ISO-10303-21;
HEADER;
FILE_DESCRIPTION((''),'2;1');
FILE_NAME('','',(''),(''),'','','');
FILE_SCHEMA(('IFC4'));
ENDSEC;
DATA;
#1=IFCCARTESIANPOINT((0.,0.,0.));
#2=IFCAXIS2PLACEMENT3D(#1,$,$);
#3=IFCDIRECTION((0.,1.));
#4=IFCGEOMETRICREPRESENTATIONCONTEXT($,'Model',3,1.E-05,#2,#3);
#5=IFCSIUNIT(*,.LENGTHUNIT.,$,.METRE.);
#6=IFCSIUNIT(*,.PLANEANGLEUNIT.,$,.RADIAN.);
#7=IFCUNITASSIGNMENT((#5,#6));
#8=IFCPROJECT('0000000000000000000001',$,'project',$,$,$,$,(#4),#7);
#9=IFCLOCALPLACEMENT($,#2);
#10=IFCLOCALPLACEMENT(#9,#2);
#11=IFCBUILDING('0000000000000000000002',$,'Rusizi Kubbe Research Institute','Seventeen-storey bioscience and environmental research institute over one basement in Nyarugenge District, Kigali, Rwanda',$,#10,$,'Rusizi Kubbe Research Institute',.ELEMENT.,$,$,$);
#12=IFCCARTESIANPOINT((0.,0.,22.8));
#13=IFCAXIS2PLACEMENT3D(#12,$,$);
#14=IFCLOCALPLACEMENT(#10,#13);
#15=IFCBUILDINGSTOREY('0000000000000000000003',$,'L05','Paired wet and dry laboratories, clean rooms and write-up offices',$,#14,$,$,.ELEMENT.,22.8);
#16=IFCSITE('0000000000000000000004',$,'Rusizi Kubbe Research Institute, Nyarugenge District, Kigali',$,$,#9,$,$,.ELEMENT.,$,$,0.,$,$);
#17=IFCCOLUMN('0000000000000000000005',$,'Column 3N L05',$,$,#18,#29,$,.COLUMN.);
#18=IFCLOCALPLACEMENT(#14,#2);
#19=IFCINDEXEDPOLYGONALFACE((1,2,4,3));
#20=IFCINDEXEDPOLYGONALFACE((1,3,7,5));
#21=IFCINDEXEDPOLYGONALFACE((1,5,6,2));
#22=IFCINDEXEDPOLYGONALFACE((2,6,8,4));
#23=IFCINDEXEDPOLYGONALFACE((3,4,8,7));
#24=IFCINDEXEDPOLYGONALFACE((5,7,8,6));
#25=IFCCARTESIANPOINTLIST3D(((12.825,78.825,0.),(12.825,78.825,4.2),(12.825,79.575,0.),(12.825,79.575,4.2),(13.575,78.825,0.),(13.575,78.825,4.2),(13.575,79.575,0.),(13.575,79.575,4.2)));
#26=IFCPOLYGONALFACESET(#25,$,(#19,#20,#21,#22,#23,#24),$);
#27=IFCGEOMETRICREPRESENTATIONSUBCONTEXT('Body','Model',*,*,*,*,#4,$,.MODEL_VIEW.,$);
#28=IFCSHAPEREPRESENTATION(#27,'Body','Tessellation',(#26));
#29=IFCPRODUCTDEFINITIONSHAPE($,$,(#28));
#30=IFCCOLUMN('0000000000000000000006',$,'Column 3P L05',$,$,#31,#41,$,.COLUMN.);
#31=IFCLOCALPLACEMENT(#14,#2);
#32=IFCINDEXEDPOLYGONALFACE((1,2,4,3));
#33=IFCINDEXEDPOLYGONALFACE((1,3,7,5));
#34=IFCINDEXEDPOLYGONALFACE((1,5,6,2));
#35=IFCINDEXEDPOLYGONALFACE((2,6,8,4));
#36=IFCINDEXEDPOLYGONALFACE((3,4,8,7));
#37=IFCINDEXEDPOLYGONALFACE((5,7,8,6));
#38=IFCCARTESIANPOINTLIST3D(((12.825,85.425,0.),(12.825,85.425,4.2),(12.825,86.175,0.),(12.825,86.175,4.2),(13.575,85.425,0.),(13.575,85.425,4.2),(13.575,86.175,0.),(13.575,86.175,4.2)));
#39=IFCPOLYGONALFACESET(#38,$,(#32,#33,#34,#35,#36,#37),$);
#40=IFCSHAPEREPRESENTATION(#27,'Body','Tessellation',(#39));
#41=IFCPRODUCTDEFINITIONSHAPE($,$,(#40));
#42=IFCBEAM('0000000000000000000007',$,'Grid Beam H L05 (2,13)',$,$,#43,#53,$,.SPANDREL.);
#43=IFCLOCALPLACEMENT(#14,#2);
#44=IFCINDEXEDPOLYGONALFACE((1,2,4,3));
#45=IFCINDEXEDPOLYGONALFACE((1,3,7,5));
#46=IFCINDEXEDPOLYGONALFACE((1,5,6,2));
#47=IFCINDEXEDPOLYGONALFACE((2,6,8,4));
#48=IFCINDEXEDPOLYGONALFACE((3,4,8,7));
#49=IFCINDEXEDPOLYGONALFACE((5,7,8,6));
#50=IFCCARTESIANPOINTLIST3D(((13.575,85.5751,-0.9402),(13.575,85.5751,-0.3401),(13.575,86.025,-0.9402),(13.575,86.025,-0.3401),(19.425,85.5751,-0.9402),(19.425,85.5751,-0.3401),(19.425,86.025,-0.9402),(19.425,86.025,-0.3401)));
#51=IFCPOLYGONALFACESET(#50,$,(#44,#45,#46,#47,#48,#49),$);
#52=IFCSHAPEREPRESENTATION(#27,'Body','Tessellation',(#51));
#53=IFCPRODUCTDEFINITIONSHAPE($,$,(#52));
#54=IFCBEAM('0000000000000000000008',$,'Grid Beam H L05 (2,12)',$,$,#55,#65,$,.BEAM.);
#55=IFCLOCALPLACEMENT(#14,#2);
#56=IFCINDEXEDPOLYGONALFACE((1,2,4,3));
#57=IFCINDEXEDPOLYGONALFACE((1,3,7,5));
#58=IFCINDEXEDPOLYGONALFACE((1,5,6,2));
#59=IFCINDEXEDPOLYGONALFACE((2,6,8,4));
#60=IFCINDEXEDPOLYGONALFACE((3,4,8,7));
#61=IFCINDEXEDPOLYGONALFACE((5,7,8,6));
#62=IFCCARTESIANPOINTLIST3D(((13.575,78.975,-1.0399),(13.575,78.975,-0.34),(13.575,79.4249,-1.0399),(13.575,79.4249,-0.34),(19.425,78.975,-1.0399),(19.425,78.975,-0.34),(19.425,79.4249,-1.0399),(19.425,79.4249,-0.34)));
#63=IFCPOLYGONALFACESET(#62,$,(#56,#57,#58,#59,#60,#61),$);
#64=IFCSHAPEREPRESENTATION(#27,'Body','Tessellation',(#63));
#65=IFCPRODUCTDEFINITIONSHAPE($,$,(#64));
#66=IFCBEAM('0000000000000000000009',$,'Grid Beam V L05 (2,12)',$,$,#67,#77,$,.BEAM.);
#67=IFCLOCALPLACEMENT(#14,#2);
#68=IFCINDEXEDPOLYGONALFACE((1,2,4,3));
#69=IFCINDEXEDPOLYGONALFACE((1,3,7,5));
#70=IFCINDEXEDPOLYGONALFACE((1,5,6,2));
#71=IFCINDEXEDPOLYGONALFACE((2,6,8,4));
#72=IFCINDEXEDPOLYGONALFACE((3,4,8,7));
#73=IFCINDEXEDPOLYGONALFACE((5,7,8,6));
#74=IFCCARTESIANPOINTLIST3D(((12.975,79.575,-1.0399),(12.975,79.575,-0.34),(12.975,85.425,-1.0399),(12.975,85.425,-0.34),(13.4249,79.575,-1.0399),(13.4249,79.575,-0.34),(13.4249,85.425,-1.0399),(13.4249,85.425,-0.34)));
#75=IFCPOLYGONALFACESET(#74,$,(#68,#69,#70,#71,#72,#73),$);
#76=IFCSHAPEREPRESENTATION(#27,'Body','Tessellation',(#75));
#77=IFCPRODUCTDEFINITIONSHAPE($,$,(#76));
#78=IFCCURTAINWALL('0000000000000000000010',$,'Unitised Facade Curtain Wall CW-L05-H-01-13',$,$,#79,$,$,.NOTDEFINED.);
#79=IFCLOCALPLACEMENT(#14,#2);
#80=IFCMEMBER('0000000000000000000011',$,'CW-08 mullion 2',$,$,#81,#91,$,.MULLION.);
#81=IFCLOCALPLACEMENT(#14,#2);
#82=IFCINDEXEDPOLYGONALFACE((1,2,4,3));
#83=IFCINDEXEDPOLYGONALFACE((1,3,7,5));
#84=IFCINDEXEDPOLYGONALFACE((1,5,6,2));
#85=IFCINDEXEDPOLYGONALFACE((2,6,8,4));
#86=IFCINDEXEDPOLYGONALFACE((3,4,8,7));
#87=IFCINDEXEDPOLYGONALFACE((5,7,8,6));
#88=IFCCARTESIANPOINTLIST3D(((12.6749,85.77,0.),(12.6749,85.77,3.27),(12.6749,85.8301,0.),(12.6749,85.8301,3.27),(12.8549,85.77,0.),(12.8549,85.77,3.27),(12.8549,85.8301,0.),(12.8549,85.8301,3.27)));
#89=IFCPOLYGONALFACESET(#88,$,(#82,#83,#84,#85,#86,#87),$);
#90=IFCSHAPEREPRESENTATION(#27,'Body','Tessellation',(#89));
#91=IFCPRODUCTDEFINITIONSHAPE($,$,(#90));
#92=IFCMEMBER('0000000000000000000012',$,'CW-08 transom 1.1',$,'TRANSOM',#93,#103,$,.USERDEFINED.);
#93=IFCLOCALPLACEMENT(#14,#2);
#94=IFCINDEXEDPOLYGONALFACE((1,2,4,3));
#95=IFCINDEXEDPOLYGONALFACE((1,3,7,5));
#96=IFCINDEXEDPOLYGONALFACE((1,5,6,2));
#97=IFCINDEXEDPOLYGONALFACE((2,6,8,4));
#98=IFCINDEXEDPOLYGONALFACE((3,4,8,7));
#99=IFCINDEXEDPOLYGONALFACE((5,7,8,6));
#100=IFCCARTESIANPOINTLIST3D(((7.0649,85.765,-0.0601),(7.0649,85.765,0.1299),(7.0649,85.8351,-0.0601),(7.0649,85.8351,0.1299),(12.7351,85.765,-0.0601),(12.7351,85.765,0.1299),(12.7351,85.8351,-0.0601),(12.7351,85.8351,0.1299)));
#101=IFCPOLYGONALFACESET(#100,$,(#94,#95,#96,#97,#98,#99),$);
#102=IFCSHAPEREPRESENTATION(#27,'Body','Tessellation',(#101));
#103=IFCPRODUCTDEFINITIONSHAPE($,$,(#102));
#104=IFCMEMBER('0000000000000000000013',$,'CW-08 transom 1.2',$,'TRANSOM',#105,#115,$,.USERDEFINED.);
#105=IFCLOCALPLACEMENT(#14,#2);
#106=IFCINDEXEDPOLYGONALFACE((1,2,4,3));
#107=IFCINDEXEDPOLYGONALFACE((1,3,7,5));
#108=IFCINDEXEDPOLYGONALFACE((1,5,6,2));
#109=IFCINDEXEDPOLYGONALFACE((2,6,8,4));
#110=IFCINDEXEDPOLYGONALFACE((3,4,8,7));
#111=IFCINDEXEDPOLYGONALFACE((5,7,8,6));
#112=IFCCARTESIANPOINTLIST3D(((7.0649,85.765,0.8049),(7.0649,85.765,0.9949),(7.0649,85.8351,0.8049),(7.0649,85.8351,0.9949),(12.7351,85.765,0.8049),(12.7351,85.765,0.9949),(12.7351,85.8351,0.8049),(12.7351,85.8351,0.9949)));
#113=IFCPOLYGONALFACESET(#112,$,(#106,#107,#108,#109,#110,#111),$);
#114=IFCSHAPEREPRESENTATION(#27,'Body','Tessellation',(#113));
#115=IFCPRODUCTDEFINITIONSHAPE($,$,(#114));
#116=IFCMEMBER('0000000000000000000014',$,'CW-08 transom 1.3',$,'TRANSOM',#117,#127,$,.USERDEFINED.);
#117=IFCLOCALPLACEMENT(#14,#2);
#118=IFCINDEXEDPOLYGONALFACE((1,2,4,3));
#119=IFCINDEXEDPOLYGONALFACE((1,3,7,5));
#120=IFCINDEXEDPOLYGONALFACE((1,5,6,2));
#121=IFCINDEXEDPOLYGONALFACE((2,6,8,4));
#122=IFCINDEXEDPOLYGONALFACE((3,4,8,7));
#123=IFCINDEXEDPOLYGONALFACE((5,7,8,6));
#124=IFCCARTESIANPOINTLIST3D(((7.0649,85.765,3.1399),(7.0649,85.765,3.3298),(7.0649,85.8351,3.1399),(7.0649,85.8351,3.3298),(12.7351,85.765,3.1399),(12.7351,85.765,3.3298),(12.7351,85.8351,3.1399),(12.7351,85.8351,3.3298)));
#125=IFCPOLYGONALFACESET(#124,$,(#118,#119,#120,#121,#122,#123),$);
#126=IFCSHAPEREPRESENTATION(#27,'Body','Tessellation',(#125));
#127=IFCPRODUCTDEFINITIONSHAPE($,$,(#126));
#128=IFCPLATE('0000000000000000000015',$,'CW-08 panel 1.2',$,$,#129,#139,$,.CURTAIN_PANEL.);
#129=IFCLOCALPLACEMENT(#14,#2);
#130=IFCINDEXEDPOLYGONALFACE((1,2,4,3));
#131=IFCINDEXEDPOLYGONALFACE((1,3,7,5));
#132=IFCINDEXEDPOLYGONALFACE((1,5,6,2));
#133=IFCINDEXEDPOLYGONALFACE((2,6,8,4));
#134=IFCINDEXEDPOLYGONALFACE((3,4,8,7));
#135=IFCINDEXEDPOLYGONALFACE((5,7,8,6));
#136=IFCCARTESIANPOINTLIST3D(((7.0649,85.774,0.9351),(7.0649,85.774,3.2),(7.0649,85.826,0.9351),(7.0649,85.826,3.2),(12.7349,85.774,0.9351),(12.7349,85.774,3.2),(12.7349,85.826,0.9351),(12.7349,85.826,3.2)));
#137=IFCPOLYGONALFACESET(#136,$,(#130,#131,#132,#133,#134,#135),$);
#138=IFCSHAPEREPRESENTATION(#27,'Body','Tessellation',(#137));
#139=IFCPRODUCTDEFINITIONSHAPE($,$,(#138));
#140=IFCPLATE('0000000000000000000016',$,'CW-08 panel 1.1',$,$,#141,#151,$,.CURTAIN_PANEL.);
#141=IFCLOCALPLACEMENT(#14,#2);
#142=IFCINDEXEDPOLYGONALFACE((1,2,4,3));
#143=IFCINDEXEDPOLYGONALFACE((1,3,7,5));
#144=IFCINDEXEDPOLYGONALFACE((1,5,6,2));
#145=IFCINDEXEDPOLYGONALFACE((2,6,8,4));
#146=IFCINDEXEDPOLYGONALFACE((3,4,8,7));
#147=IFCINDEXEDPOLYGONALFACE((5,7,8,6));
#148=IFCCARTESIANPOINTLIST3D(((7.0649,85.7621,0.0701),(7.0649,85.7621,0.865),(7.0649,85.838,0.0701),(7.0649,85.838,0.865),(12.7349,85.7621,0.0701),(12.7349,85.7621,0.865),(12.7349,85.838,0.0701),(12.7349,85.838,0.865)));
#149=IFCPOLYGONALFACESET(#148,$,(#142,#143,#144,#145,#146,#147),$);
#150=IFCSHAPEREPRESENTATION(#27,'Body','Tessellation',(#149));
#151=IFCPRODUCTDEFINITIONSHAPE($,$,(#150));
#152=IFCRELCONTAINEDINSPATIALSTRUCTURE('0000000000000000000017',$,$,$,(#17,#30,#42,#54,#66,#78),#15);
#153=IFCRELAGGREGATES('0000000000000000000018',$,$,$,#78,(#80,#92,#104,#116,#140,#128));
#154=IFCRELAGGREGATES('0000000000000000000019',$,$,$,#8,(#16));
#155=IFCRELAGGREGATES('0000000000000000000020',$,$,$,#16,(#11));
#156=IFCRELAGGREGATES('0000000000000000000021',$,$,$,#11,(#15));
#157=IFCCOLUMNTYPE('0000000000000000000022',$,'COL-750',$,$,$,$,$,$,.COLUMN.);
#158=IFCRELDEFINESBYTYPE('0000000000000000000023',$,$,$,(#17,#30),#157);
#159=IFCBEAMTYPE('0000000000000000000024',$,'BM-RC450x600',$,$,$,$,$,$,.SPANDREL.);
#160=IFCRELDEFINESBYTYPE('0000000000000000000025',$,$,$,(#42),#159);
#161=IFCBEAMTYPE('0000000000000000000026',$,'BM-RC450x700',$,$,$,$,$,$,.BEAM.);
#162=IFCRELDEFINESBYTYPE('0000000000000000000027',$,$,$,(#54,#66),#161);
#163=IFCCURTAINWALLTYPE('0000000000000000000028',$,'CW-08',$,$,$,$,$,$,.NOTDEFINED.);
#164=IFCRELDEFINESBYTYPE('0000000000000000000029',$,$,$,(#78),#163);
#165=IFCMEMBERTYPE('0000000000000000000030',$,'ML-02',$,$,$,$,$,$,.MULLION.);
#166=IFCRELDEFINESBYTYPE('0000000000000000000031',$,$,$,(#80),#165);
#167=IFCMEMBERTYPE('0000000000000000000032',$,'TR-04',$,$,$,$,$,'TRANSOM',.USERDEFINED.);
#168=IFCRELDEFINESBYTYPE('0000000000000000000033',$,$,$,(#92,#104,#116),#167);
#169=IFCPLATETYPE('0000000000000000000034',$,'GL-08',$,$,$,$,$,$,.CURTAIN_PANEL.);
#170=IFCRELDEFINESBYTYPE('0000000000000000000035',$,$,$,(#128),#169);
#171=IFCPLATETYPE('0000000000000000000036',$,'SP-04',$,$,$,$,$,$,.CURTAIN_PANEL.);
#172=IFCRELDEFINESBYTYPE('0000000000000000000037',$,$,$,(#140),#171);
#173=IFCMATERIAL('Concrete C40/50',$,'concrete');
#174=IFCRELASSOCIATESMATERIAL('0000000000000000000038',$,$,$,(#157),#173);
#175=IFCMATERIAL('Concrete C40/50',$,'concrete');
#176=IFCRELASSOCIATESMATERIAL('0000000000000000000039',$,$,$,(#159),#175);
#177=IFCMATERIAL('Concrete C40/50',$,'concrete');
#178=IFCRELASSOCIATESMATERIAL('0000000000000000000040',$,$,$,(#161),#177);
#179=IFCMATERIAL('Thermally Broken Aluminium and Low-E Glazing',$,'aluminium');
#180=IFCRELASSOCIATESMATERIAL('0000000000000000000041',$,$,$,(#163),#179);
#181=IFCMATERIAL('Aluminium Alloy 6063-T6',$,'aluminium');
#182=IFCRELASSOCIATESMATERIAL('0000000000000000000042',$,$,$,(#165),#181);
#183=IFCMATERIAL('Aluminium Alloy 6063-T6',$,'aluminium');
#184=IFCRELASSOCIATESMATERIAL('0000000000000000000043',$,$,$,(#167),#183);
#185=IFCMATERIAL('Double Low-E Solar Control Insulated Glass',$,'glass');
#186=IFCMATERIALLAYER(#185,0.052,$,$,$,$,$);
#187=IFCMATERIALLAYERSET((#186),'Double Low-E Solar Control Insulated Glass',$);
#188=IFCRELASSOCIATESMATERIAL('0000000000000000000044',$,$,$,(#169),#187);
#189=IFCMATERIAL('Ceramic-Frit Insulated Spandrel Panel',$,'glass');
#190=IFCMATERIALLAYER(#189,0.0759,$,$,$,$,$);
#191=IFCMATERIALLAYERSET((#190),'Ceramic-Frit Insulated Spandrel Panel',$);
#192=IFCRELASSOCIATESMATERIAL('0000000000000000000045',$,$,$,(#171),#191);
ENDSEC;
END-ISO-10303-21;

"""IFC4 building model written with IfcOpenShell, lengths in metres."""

from ifc_helpers import new_model, si_unit, direction, frame, origin, origin_2d, place, context, subcontext, project, spatial, rectangle, extrude, material, layer, layer_set, material_profile, profile_set, type_object, element, aggregate, save


model = new_model("IFC4")

# Units and contexts
model_context = context("Model", 3, precision=1e-05, world=origin(), true_north=direction((0.0, 1.0)))
body_context = subcontext(model_context, "Body", "Model", "MODEL_VIEW")
ifc_project = project(units=[si_unit("LENGTHUNIT", "METRE"), si_unit("PLANEANGLEUNIT", "RADIAN")], contexts=[model_context])

# Site, building, storey
site_placement = place(None, origin())
site = spatial("IfcSite", under=ifc_project, at=site_placement, Name="Rusizi Kubbe Research Institute, Nyarugenge District, Kigali", CompositionType="ELEMENT", RefElevation=0.0)
building_placement = place(site_placement, origin())
building = spatial("IfcBuilding", under=site, at=building_placement, Name="Rusizi Kubbe Research Institute", Description="Seventeen-storey bioscience and environmental research institute over one basement in Nyarugenge District, Kigali, Rwanda", LongName="Rusizi Kubbe Research Institute", CompositionType="ELEMENT")
storey_placement = place(building_placement, frame((0.0, 0.0, 22.8)))
storey = spatial("IfcBuildingStorey", under=building, at=storey_placement, Name="L05", Description="Paired wet and dry laboratories, clean rooms and write-up offices", CompositionType="ELEMENT", Elevation=22.8)

# Columns
ifc_material_1 = material(Name="Concrete C40/50", Category="concrete")
ifc_material_profile_1 = material_profile(ifc_material_1, rectangle(XDim=0.75, YDim=0.75, at=origin_2d()), Name="RC750x750")
ifc_profile_set_1 = profile_set([ifc_material_profile_1], Name="Concrete C40/50")
column_type = type_object("IfcColumnType", Name="COL-750", PredefinedType="COLUMN", material=ifc_profile_set_1)
for number, where, z_axis, x_axis, name in (
    (1, (13.2, 79.2, 0.0), (0.0, 0.0, 1.0), (1.0, 0.0, 0.0), "Column 3N L05"),
    (2, (13.2, 85.8, 0.0), (0.0, 0.0, 1.0), (1.0, 0.0, 0.0), "Column 3P L05"),
):
    element("IfcColumn", number, at=place(storey_placement, frame(where, z_axis=z_axis, x_axis=x_axis)), inside=storey, type_object=column_type, Name=name, PredefinedType="COLUMN", context=body_context, shape_type="SweptSolid", body=[
        extrude(rectangle(XDim=0.75, YDim=0.75, at=origin_2d()), origin(), (0.0, 0.0, 1.0), 4.2),
    ])

# Beams
ifc_material_2 = material(Name="Concrete C40/50", Category="concrete")
ifc_material_profile_2 = material_profile(ifc_material_2, rectangle(XDim=0.45, YDim=0.6001, at=origin_2d()), Name="RC450x600")
ifc_profile_set_2 = profile_set([ifc_material_profile_2], Name="Concrete C40/50")
beam_type_1 = type_object("IfcBeamType", Name="BM-RC450x600", PredefinedType="SPANDREL", material=ifc_profile_set_2)
beam_placement = place(storey_placement, frame((13.575, 85.8, -0.6401), z_axis=(1.0, 0.0, 0.0), x_axis=(0.0, 1.0, 0.0)))
element("IfcBeam", 3, at=beam_placement, inside=storey, type_object=beam_type_1, Name="Grid Beam H L05 (2,13)", PredefinedType="SPANDREL", context=body_context, shape_type="SweptSolid", body=[
    extrude(rectangle(XDim=0.45, YDim=0.6001, at=origin_2d()), origin(), (0.0, 0.0, 1.0), 5.8501),
])
ifc_material_3 = material(Name="Concrete C40/50", Category="concrete")
ifc_material_profile_3 = material_profile(ifc_material_3, rectangle(XDim=0.45, YDim=0.7, at=origin_2d()), Name="RC450x700B")
ifc_profile_set_3 = profile_set([ifc_material_profile_3], Name="Concrete C40/50")
beam_type_2 = type_object("IfcBeamType", Name="BM-RC450x700", PredefinedType="BEAM", material=ifc_profile_set_3)
for number, where, z_axis, x_axis, name in (
    (4, (13.575, 79.2, -0.6899), (1.0, 0.0, 0.0), (0.0, 1.0, 0.0), "Grid Beam H L05 (2,12)"),
    (5, (13.2, 79.575, -0.6899), (0.0, 1.0, 0.0), (-1.0, 0.0, 0.0), "Grid Beam V L05 (2,12)"),
):
    element("IfcBeam", number, at=place(storey_placement, frame(where, z_axis=z_axis, x_axis=x_axis)), inside=storey, type_object=beam_type_2, Name=name, PredefinedType="BEAM", context=body_context, shape_type="SweptSolid", body=[
        extrude(rectangle(XDim=0.45, YDim=0.7, at=origin_2d()), origin(), (0.0, 0.0, 1.0), 5.8501),
    ])

# Curtain wall, members, plates
ifc_material_4 = material(Name="Thermally Broken Aluminium and Low-E Glazing", Category="aluminium")
curtain_wall_type = type_object("IfcCurtainWallType", Name="CW-08", PredefinedType="NOTDEFINED", material=ifc_material_4)
curtain_wall_placement = place(storey_placement, origin())
curtain_wall = element("IfcCurtainWall", 6, at=curtain_wall_placement, inside=storey, type_object=curtain_wall_type, Name="Unitised Facade Curtain Wall CW-L05-H-01-13", PredefinedType="NOTDEFINED")
ifc_material_5 = material(Name="Aluminium Alloy 6063-T6", Category="aluminium")
ifc_material_profile_4 = material_profile(ifc_material_5, rectangle(XDim=0.0601, YDim=0.1799, at=origin_2d()), Name="ALU-M 60x180")
ifc_profile_set_4 = profile_set([ifc_material_profile_4], Name="Aluminium Alloy 6063-T6")
member_type_1 = type_object("IfcMemberType", Name="ML-02", PredefinedType="MULLION", material=ifc_profile_set_4)
member_1_placement = place(storey_placement, frame((12.7649, 85.8, 0.0), z_axis=(0.0, 0.0, 1.0), x_axis=(0.0, 1.0, 0.0)))
member_1 = element("IfcMember", 7, at=member_1_placement, type_object=member_type_1, Name="CW-08 mullion 2", PredefinedType="MULLION", context=body_context, shape_type="SweptSolid", body=[
    extrude(rectangle(XDim=0.0601, YDim=0.1799, at=origin_2d()), origin(), (0.0, 0.0, 1.0), 3.27),
])
ifc_material_6 = material(Name="Aluminium Alloy 6063-T6", Category="aluminium")
ifc_material_profile_5 = material_profile(ifc_material_6, rectangle(XDim=0.0701, YDim=0.1899, at=origin_2d()), Name="ALU-T 70x190")
ifc_profile_set_5 = profile_set([ifc_material_profile_5], Name="Aluminium Alloy 6063-T6")
member_type_2 = type_object("IfcMemberType", Name="TR-04", ElementType="TRANSOM", PredefinedType="USERDEFINED", material=ifc_profile_set_5)
member_2_placement = place(storey_placement, frame((7.0649, 85.8, 0.0349), z_axis=(1.0, 0.0, 0.0), x_axis=(0.0, 1.0, 0.0)))
member_2 = element("IfcMember", 8, at=member_2_placement, type_object=member_type_2, Name="CW-08 transom 1.1", ObjectType="TRANSOM", PredefinedType="USERDEFINED", context=body_context, shape_type="SweptSolid", body=[
    extrude(rectangle(XDim=0.0701, YDim=0.1899, at=origin_2d()), origin(), (0.0, 0.0, 1.0), 5.6702),
])
member_3_placement = place(storey_placement, frame((7.0649, 85.8, 0.8999), z_axis=(1.0, 0.0, 0.0), x_axis=(0.0, 1.0, 0.0)))
member_3 = element("IfcMember", 9, at=member_3_placement, type_object=member_type_2, Name="CW-08 transom 1.2", ObjectType="TRANSOM", PredefinedType="USERDEFINED", context=body_context, shape_type="SweptSolid", body=[
    extrude(rectangle(XDim=0.0701, YDim=0.1899, at=origin_2d()), origin(), (0.0, 0.0, 1.0), 5.6702),
])
member_4_placement = place(storey_placement, frame((7.0649, 85.8, 3.2349), z_axis=(1.0, 0.0, 0.0), x_axis=(0.0, 1.0, 0.0)))
member_4 = element("IfcMember", 10, at=member_4_placement, type_object=member_type_2, Name="CW-08 transom 1.3", ObjectType="TRANSOM", PredefinedType="USERDEFINED", context=body_context, shape_type="SweptSolid", body=[
    extrude(rectangle(XDim=0.0701, YDim=0.1899, at=origin_2d()), origin(), (0.0, 0.0, 1.0), 5.6702),
])
ifc_material_7 = material(Name="Double Low-E Solar Control Insulated Glass", Category="glass")
ifc_layer_1 = layer(ifc_material_7, 0.052)
ifc_layer_set_1 = layer_set([ifc_layer_1], Name="Double Low-E Solar Control Insulated Glass")
plate_type_1 = type_object("IfcPlateType", Name="GL-08", PredefinedType="CURTAIN_PANEL", material=ifc_layer_set_1)
plate_1_placement = place(storey_placement, frame((9.8999, 85.8, 0.9351), z_axis=(0.0, 0.0, 1.0), x_axis=(1.0, 0.0, 0.0)))
plate_1 = element("IfcPlate", 11, at=plate_1_placement, type_object=plate_type_1, Name="CW-08 panel 1.2", PredefinedType="CURTAIN_PANEL", context=body_context, shape_type="SweptSolid", body=[
    extrude(rectangle(XDim=5.6699, YDim=0.052, at=origin_2d()), origin(), (0.0, 0.0, 1.0), 2.2649),
])
ifc_material_8 = material(Name="Ceramic-Frit Insulated Spandrel Panel", Category="glass")
ifc_layer_2 = layer(ifc_material_8, 0.0759)
ifc_layer_set_2 = layer_set([ifc_layer_2], Name="Ceramic-Frit Insulated Spandrel Panel")
plate_type_2 = type_object("IfcPlateType", Name="SP-04", PredefinedType="CURTAIN_PANEL", material=ifc_layer_set_2)
plate_2_placement = place(storey_placement, frame((9.8999, 85.8, 0.0701), z_axis=(0.0, 0.0, 1.0), x_axis=(1.0, 0.0, 0.0)))
plate_2 = element("IfcPlate", 12, at=plate_2_placement, type_object=plate_type_2, Name="CW-08 panel 1.1", PredefinedType="CURTAIN_PANEL", context=body_context, shape_type="SweptSolid", body=[
    extrude(rectangle(XDim=5.6699, YDim=0.0759, at=origin_2d()), origin(), (0.0, 0.0, 1.0), 0.7949),
])
aggregate(curtain_wall, [member_1, member_2, member_3, member_4, plate_2, plate_1])

save(model, "model.ifc")
